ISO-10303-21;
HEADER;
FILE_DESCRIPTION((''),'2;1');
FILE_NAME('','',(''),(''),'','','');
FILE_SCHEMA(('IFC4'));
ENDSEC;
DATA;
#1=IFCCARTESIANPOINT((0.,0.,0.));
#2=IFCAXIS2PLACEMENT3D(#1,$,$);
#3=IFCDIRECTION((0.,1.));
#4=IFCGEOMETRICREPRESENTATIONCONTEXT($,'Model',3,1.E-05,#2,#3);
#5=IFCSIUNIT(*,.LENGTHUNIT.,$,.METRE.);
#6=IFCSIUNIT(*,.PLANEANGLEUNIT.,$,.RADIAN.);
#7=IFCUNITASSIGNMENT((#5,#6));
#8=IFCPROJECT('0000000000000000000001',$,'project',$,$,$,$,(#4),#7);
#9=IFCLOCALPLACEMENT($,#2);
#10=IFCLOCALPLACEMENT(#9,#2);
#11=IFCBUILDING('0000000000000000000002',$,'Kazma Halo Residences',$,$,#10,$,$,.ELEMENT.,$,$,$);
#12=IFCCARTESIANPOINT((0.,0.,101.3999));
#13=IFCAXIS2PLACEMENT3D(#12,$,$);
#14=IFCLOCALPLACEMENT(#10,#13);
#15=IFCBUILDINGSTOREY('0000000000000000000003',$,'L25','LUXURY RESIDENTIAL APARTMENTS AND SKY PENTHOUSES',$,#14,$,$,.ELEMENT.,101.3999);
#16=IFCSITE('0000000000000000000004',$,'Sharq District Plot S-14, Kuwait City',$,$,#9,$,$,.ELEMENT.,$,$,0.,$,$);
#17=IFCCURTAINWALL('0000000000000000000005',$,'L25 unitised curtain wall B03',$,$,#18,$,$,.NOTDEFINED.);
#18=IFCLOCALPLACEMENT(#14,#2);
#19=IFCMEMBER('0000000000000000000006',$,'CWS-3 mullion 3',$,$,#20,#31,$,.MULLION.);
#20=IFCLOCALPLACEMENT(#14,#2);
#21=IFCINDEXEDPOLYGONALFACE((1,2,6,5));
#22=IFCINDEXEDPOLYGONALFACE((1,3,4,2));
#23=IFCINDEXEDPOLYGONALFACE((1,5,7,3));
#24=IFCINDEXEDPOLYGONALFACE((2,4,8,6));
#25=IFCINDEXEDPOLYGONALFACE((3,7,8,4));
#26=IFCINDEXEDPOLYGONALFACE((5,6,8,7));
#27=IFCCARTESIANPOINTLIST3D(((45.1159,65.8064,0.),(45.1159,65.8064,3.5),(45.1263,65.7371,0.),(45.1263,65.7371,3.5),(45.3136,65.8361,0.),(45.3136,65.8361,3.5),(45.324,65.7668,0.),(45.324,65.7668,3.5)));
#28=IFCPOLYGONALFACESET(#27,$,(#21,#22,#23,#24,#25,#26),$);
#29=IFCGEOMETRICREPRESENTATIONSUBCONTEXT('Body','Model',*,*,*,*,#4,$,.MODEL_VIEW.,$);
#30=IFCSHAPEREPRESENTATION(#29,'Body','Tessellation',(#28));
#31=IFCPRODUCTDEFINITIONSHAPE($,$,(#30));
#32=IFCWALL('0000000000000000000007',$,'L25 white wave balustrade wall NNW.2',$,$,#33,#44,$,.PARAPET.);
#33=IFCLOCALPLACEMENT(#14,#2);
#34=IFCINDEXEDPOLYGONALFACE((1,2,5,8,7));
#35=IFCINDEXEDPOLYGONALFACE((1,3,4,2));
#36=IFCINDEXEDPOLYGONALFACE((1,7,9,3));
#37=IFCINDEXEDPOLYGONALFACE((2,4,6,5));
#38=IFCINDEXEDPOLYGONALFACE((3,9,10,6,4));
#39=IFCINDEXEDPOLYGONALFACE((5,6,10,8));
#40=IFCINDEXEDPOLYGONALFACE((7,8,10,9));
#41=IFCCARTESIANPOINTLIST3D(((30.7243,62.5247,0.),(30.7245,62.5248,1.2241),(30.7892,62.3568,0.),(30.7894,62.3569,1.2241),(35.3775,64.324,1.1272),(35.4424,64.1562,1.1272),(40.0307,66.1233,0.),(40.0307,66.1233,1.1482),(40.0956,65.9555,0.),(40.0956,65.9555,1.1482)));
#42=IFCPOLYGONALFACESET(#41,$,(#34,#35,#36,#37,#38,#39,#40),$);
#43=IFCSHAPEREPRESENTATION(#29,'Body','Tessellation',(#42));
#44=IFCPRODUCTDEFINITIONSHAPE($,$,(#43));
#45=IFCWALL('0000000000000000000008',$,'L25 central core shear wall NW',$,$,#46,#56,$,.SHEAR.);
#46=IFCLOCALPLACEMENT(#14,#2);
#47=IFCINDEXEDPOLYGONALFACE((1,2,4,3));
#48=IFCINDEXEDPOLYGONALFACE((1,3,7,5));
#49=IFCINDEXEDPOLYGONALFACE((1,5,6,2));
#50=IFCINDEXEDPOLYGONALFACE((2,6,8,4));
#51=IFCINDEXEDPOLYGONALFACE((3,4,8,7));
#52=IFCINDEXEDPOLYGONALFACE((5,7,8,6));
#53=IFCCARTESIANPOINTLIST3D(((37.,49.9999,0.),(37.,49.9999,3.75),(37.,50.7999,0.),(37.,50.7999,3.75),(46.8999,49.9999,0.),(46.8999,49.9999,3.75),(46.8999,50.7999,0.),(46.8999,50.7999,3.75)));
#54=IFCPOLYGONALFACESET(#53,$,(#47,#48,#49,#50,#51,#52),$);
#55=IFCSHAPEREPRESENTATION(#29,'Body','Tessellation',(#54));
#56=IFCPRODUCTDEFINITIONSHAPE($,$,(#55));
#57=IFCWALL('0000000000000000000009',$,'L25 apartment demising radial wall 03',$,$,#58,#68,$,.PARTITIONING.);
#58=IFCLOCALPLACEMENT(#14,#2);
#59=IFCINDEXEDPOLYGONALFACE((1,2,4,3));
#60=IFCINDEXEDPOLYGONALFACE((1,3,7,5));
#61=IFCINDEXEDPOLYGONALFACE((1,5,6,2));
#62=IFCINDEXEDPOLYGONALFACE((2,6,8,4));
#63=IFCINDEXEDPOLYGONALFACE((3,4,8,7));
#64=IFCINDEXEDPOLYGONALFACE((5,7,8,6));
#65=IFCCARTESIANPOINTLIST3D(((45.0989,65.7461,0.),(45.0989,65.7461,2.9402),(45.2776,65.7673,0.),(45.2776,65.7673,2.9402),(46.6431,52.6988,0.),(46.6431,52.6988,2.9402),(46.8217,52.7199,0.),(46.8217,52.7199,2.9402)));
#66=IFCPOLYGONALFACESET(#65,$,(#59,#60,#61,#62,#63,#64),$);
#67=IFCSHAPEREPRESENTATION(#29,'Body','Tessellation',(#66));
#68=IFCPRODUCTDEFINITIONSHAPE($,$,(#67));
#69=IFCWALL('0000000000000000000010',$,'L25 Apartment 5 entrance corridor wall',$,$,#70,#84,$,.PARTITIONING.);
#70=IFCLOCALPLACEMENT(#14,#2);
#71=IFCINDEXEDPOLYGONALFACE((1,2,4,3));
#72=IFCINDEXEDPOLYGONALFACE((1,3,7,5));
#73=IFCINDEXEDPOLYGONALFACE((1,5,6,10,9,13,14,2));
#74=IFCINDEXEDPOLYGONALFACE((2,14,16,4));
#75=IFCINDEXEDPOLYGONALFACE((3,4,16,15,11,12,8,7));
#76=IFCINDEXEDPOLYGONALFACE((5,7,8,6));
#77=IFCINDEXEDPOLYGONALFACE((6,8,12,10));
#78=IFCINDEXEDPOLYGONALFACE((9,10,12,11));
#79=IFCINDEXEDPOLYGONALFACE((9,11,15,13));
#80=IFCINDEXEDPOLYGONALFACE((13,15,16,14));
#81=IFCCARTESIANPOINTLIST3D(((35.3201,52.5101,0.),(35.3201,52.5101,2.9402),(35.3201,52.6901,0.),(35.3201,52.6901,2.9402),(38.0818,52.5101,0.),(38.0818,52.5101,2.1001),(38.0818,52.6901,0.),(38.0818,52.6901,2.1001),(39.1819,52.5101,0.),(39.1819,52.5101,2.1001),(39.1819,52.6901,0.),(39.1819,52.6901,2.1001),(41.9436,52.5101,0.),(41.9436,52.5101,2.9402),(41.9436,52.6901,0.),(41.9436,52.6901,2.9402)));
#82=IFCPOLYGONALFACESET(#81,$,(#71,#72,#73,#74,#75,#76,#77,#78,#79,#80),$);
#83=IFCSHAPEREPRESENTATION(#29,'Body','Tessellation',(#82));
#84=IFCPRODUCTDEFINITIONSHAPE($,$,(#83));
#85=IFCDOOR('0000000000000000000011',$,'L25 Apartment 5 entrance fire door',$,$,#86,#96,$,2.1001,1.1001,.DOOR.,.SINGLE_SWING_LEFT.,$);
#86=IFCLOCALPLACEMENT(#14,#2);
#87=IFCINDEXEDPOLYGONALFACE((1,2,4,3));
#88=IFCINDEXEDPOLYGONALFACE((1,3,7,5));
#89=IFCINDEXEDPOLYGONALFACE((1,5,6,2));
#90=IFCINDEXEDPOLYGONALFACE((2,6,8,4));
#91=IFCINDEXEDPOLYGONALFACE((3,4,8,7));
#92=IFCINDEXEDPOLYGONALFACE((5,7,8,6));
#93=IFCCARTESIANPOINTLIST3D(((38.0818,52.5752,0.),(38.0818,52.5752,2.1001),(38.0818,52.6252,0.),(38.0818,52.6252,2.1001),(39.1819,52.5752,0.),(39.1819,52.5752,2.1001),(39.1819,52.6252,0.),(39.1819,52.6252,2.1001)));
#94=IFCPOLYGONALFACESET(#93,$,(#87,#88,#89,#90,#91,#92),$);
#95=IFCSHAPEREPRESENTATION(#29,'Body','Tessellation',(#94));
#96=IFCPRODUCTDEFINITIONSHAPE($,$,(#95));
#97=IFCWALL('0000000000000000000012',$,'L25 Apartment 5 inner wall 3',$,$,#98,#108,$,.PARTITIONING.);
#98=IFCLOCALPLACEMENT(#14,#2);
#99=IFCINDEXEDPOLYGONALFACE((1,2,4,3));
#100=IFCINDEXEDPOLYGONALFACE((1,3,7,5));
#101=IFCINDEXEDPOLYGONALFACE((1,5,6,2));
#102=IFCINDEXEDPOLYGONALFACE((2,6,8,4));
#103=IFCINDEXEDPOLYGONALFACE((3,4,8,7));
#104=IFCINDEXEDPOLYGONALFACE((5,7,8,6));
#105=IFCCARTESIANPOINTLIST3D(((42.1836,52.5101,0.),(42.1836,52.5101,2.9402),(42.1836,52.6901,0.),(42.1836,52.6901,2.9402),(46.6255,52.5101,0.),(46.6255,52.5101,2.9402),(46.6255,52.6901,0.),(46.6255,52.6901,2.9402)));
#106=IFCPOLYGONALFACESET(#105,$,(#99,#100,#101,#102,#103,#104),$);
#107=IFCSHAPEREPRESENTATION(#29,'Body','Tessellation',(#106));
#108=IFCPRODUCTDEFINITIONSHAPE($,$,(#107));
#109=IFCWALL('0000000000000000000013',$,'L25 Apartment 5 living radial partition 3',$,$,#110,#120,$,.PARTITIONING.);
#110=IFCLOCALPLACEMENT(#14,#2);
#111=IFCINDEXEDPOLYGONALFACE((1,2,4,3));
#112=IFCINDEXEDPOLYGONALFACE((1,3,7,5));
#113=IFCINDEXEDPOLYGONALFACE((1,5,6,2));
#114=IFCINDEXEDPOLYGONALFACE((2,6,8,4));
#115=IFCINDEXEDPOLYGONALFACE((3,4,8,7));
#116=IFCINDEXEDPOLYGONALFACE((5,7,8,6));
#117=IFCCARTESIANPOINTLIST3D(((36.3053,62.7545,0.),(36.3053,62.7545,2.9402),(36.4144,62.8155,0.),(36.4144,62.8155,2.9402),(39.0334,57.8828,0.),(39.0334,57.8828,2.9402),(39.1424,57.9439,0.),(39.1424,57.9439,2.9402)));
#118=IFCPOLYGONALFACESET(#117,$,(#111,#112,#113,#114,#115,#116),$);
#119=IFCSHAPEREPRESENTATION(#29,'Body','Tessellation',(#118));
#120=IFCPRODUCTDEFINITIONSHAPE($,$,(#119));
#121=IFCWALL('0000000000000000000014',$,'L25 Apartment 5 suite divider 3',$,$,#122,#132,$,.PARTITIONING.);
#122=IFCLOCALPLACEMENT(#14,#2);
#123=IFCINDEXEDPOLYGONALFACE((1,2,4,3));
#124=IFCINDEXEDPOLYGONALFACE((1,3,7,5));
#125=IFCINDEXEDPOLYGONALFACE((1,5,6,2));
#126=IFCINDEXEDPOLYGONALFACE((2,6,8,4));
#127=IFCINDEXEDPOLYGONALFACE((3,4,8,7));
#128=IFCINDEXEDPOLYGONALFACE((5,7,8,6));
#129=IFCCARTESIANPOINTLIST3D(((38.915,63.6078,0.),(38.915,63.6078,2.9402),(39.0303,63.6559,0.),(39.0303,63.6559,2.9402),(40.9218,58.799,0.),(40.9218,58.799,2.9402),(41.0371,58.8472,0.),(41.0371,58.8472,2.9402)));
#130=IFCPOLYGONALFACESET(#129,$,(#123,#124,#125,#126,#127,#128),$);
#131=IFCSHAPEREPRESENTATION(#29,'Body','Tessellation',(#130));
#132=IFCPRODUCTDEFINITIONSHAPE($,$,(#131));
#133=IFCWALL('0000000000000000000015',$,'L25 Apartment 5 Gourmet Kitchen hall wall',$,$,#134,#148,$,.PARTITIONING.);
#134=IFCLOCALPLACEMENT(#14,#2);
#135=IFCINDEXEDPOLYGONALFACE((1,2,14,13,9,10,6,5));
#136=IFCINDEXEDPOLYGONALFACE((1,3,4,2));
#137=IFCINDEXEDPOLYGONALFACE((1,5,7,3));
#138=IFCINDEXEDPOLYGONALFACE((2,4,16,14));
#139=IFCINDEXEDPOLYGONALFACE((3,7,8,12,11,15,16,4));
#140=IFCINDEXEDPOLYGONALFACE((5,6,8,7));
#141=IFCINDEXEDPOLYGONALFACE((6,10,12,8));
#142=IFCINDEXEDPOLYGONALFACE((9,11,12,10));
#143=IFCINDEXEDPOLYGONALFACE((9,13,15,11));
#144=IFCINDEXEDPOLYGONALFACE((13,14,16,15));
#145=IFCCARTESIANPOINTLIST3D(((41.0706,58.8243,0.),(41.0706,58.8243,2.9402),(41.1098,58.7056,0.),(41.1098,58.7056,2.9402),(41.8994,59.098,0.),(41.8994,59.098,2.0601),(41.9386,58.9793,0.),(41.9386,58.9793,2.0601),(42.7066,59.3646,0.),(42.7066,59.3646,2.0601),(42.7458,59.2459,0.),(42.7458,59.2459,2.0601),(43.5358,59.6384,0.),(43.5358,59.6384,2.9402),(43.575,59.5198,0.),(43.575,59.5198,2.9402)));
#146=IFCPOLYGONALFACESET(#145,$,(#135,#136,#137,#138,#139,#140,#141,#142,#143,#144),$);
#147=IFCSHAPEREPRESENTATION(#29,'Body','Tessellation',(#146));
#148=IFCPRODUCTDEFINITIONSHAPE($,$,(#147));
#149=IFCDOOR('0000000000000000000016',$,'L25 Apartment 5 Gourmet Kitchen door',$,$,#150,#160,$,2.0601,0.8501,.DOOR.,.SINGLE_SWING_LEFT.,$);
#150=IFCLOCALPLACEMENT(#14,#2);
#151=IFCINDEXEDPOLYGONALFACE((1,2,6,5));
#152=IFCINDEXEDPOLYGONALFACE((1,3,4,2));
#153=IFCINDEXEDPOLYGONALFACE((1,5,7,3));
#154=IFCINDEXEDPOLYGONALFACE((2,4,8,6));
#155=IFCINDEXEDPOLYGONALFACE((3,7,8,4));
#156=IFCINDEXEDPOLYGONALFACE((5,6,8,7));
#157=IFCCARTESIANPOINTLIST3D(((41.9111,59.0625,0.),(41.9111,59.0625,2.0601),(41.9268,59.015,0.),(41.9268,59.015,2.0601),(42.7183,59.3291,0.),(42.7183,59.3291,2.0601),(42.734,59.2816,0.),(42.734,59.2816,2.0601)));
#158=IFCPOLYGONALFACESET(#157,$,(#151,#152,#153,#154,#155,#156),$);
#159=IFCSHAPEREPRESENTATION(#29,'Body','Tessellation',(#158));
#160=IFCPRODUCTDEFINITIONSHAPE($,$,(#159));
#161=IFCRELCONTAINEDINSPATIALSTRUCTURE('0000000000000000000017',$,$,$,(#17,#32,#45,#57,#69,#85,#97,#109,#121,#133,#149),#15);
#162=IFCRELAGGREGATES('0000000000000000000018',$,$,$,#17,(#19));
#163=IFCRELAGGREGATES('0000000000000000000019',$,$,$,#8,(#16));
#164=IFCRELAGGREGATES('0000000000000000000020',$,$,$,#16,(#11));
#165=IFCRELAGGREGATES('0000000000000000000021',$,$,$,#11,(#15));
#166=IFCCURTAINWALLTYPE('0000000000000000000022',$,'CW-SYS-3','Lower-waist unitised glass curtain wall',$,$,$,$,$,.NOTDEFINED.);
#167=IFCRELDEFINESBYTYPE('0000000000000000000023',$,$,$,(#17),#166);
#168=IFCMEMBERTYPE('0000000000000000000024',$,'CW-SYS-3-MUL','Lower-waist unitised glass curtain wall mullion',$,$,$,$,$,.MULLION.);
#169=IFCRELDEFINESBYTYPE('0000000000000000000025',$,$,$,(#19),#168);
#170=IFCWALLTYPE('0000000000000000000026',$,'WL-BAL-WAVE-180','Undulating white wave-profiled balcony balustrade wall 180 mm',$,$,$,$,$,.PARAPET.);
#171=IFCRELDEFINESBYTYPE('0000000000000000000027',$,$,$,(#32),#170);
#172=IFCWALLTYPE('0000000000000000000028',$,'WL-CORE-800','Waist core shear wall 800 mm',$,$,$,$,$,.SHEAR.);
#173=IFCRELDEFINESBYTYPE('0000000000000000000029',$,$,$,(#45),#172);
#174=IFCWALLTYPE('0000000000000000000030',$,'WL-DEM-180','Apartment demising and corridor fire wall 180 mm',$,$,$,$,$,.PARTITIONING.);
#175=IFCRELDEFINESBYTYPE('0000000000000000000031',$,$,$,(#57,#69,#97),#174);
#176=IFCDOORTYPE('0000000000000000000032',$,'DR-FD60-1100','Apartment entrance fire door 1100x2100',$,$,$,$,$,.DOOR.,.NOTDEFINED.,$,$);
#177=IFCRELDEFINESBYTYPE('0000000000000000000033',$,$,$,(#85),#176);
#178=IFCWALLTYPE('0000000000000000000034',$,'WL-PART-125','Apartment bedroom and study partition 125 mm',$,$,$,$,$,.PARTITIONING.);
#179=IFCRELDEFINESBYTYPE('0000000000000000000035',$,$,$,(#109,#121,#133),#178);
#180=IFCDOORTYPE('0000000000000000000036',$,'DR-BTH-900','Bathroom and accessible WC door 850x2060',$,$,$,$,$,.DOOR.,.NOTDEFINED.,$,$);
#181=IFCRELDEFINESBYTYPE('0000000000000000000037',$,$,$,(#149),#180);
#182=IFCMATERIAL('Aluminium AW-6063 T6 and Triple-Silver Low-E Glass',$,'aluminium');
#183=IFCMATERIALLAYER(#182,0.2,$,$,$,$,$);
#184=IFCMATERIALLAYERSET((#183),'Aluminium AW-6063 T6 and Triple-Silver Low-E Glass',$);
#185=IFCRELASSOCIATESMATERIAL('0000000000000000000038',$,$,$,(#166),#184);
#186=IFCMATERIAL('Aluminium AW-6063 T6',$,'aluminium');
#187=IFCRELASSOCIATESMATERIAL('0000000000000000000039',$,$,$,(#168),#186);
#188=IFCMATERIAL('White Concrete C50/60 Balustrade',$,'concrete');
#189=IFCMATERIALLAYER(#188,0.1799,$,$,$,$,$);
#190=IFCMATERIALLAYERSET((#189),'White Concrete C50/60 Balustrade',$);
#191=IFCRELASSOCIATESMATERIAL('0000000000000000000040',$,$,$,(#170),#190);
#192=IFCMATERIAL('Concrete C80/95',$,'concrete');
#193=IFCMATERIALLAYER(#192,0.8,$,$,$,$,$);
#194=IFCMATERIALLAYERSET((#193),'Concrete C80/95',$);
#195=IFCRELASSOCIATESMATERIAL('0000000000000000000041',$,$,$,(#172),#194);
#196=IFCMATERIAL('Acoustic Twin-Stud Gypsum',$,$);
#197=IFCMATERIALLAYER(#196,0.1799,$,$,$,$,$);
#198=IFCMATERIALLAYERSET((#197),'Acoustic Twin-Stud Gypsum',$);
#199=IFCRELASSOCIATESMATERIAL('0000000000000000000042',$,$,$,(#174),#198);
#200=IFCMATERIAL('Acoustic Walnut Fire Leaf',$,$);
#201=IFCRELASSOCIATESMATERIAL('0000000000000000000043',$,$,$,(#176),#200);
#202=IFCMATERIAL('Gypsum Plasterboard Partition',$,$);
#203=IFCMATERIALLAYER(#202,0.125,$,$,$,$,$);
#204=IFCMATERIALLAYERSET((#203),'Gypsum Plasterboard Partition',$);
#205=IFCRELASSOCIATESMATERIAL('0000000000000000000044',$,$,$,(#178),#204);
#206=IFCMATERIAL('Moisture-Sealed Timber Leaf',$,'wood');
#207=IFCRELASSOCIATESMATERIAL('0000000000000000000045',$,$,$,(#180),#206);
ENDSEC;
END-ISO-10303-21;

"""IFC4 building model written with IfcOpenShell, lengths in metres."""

from ifc_helpers import new_model, si_unit, direction, frame, frame_2d, origin, origin_2d, place, context, subcontext, project, spatial, polyline, rectangle, outline, extrude, material, layer, layer_set, material_profile, profile_set, type_object, element, fill, aggregate, save


model = new_model("IFC4")

# Units and contexts
model_context = context("Model", 3, precision=1e-05, world=origin(), true_north=direction((0.0, 1.0)))
body_context = subcontext(model_context, "Body", "Model", "MODEL_VIEW")
ifc_project = project(units=[si_unit("LENGTHUNIT", "METRE"), si_unit("PLANEANGLEUNIT", "RADIAN")], contexts=[model_context])

# Site, building, storey
site_placement = place(None, origin())
site = spatial("IfcSite", under=ifc_project, at=site_placement, Name="Sharq District Plot S-14, Kuwait City", CompositionType="ELEMENT", RefElevation=0.0)
building_placement = place(site_placement, origin())
building = spatial("IfcBuilding", under=site, at=building_placement, Name="Kazma Halo Residences", CompositionType="ELEMENT")
storey_placement = place(building_placement, frame((0.0, 0.0, 101.3999)))
storey = spatial("IfcBuildingStorey", under=building, at=storey_placement, Name="L25", Description="LUXURY RESIDENTIAL APARTMENTS AND SKY PENTHOUSES", CompositionType="ELEMENT", Elevation=101.3999)

# Shared definitions
ifc_material_1 = material(Name="Concrete C80/95", Category="concrete")

# Curtain wall, member
ifc_material_2 = material(Name="Aluminium AW-6063 T6 and Triple-Silver Low-E Glass", Category="aluminium")
ifc_layer_1 = layer(ifc_material_2, 0.2)
ifc_layer_set_1 = layer_set([ifc_layer_1], Name="Aluminium AW-6063 T6 and Triple-Silver Low-E Glass")
curtain_wall_type = type_object("IfcCurtainWallType", Name="CW-SYS-3", Description="Lower-waist unitised glass curtain wall", PredefinedType="NOTDEFINED", material=ifc_layer_set_1)
curtain_wall_placement = place(storey_placement, origin())
curtain_wall = element("IfcCurtainWall", 1, at=curtain_wall_placement, inside=storey, type_object=curtain_wall_type, Name="L25 unitised curtain wall B03", PredefinedType="NOTDEFINED")
ifc_material_3 = material(Name="Aluminium AW-6063 T6", Category="aluminium")
ifc_material_profile_1 = material_profile(ifc_material_3, rectangle(XDim=0.0701, YDim=0.2, at=origin_2d()), Name="CWM-70x200")
ifc_profile_set_1 = profile_set([ifc_material_profile_1], Name="Aluminium AW-6063 T6")
member_type = type_object("IfcMemberType", Name="CW-SYS-3-MUL", Description="Lower-waist unitised glass curtain wall mullion", PredefinedType="MULLION", material=ifc_profile_set_1)
member_placement = place(storey_placement, frame((45.22, 65.7866, 0.0), z_axis=(0.0, 0.0, 1.0), x_axis=(0.148717, -0.98888, 0.0)))
member = element("IfcMember", 2, at=member_placement, type_object=member_type, Name="CWS-3 mullion 3", PredefinedType="MULLION", context=body_context, shape_type="SweptSolid", body=[
    extrude(rectangle(XDim=0.0701, YDim=0.2, at=origin_2d()), origin(), (0.0, 0.0, 1.0), 3.5),
])
aggregate(curtain_wall, [member])

# Walls
ifc_material_4 = material(Name="White Concrete C50/60 Balustrade", Category="concrete")
ifc_layer_2 = layer(ifc_material_4, 0.1799)
ifc_layer_set_2 = layer_set([ifc_layer_2], Name="White Concrete C50/60 Balustrade")
wall_type_1 = type_object("IfcWallType", Name="WL-BAL-WAVE-180", Description="Undulating white wave-profiled balcony balustrade wall 180 mm", PredefinedType="PARAPET", material=ifc_layer_set_2)
wall_1_placement = place(storey_placement, frame((40.0632, 66.0393, 0.0), z_axis=(0.0, 0.0, 1.0), x_axis=(-0.932698, -0.360659, 0.0)))
element("IfcWall", 3, at=wall_1_placement, inside=storey, type_object=wall_type_1, Name="L25 white wave balustrade wall NNW.2", PredefinedType="PARAPET", context=body_context, shape_type="SweptSolid", body=[
    extrude(outline(polyline([(0.0, 0.0), (9.978, 0.0), (9.9778, 1.2241), (4.989, 1.1272), (0.0, 1.1482), (0.0, 0.0)])), frame((0.0, 0.0898, 0.0), z_axis=(0.0, -1.0, 0.0), x_axis=(1.0, 0.0, 0.0)), (0.0, 0.0, 1.0), 0.1799),
])
ifc_layer_3 = layer(ifc_material_1, 0.8)
ifc_layer_set_3 = layer_set([ifc_layer_3], Name="Concrete C80/95")
wall_type_2 = type_object("IfcWallType", Name="WL-CORE-800", Description="Waist core shear wall 800 mm", PredefinedType="SHEAR", material=ifc_layer_set_3)
wall_2_placement = place(storey_placement, frame((37.0, 50.3999, 0.0), z_axis=(0.0, 0.0, 1.0), x_axis=(1.0, 0.0, 0.0)))
element("IfcWall", 4, at=wall_2_placement, inside=storey, type_object=wall_type_2, Name="L25 central core shear wall NW", PredefinedType="SHEAR", context=body_context, shape_type="SweptSolid", body=[
    extrude(rectangle(XDim=9.8999, YDim=0.8, at=frame_2d((4.95, 0.0))), origin(), (0.0, 0.0, 1.0), 3.75),
])
ifc_material_5 = material(Name="Acoustic Twin-Stud Gypsum")
ifc_layer_4 = layer(ifc_material_5, 0.1799)
ifc_layer_set_4 = layer_set([ifc_layer_4], Name="Acoustic Twin-Stud Gypsum")
wall_type_3 = type_object("IfcWallType", Name="WL-DEM-180", Description="Apartment demising and corridor fire wall 180 mm", PredefinedType="PARTITIONING", material=ifc_layer_set_4)
wall_3_placement = place(storey_placement, frame((46.7324, 52.7092, 0.0), z_axis=(0.0, 0.0, 1.0), x_axis=(-0.117532, 0.993069, 0.0)))
element("IfcWall", 5, at=wall_3_placement, inside=storey, type_object=wall_type_3, Name="L25 apartment demising radial wall 03", PredefinedType="PARTITIONING", context=body_context, shape_type="SweptSolid", body=[
    extrude(rectangle(XDim=13.1384, YDim=0.1799, at=frame_2d((6.5693, 0.0))), origin(), (0.0, 0.0, 1.0), 2.9402),
])

# Wall, opening, door
wall_4_placement = place(storey_placement, frame((41.9436, 52.6001, 0.0), z_axis=(0.0, 0.0, 1.0), x_axis=(-1.0, 0.0, 0.0)))
wall_4 = element("IfcWall", 6, at=wall_4_placement, inside=storey, type_object=wall_type_3, Name="L25 Apartment 5 entrance corridor wall", PredefinedType="PARTITIONING", context=body_context, shape_type="SweptSolid", body=[
    extrude(rectangle(XDim=6.6235, YDim=0.1799, at=frame_2d((3.3118, 0.0))), origin(), (0.0, 0.0, 1.0), 2.9402),
])
opening_1_placement = place(wall_4_placement, frame((2.7617, 0.0, 0.0)))
opening_1 = element("IfcOpeningElement", 7, at=opening_1_placement, cuts=wall_4, PredefinedType="OPENING", context=body_context, shape_type="SweptSolid", body=[
    extrude(rectangle(XDim=1.1001, YDim=2.1001, at=frame_2d((0.55, 1.05))), frame((0.0, 0.0999, 0.0), z_axis=(0.0, -1.0, 0.0), x_axis=(1.0, 0.0, 0.0)), (0.0, 0.0, 1.0), 0.2),
])
ifc_material_6 = material(Name="Acoustic Walnut Fire Leaf")
door_type_1 = type_object("IfcDoorType", Name="DR-FD60-1100", Description="Apartment entrance fire door 1100x2100", OperationType="NOTDEFINED", PredefinedType="DOOR", material=ifc_material_6)
door_1_placement = place(opening_1_placement, origin())
door_1 = element("IfcDoor", 8, at=door_1_placement, inside=storey, type_object=door_type_1, Name="L25 Apartment 5 entrance fire door", OperationType="SINGLE_SWING_LEFT", OverallHeight=2.1001, OverallWidth=1.1001, PredefinedType="DOOR", context=body_context, shape_type="SweptSolid", body=[
    extrude(rectangle(XDim=1.1001, YDim=2.1001, at=frame_2d((0.55, 1.05))), frame((0.0, 0.0249, 0.0), z_axis=(0.0, -1.0, 0.0), x_axis=(1.0, 0.0, 0.0)), (0.0, 0.0, 1.0), 0.05),
])
fill(opening_1, door_1)

# Wall
wall_5_placement = place(storey_placement, frame((46.6255, 52.6001, 0.0), z_axis=(0.0, 0.0, 1.0), x_axis=(-1.0, 0.0, 0.0)))
element("IfcWall", 9, at=wall_5_placement, inside=storey, type_object=wall_type_3, Name="L25 Apartment 5 inner wall 3", PredefinedType="PARTITIONING", context=body_context, shape_type="SweptSolid", body=[
    extrude(rectangle(XDim=4.4419, YDim=0.1799, at=frame_2d((2.2209, 0.0))), origin(), (0.0, 0.0, 1.0), 2.9402),
])

# Walls
ifc_material_7 = material(Name="Gypsum Plasterboard Partition")
ifc_layer_5 = layer(ifc_material_7, 0.125)
ifc_layer_set_5 = layer_set([ifc_layer_5], Name="Gypsum Plasterboard Partition")
wall_type_4 = type_object("IfcWallType", Name="WL-PART-125", Description="Apartment bedroom and study partition 125 mm", PredefinedType="PARTITIONING", material=ifc_layer_set_5)
wall_6_placement = place(storey_placement, frame((39.0879, 57.9133, 0.0), z_axis=(0.0, 0.0, 1.0), x_axis=(-0.488595, 0.87251, 0.0)))
element("IfcWall", 10, at=wall_6_placement, inside=storey, type_object=wall_type_4, Name="L25 Apartment 5 living radial partition 3", PredefinedType="PARTITIONING", context=body_context, shape_type="SweptSolid", body=[
    extrude(rectangle(XDim=5.5835, YDim=0.125, at=frame_2d((2.7917, 0.0))), origin(), (0.0, 0.0, 1.0), 2.9402),
])
wall_7_placement = place(storey_placement, frame((40.9795, 58.823, 0.0), z_axis=(0.0, 0.0, 1.0), x_axis=(-0.385131, 0.922862, 0.0)))
element("IfcWall", 11, at=wall_7_placement, inside=storey, type_object=wall_type_4, Name="L25 Apartment 5 suite divider 3", PredefinedType="PARTITIONING", context=body_context, shape_type="SweptSolid", body=[
    extrude(rectangle(XDim=5.2107, YDim=0.125, at=frame_2d((2.6055, 0.0))), origin(), (0.0, 0.0, 1.0), 2.9402),
])

# Wall, opening, door
wall_8_placement = place(storey_placement, frame((43.5554, 59.5791, 0.0), z_axis=(0.0, 0.0, 1.0), x_axis=(-0.949554, -0.313603, 0.0)))
wall_8 = element("IfcWall", 12, at=wall_8_placement, inside=storey, type_object=wall_type_4, Name="L25 Apartment 5 Gourmet Kitchen hall wall", PredefinedType="PARTITIONING", context=body_context, shape_type="SweptSolid", body=[
    extrude(rectangle(XDim=2.5962, YDim=0.125, at=frame_2d((1.2981, 0.0))), origin(), (0.0, 0.0, 1.0), 2.9402),
])
opening_2_placement = place(wall_8_placement, frame((0.8733, 0.0, 0.0)))
opening_2 = element("IfcOpeningElement", 13, at=opening_2_placement, cuts=wall_8, PredefinedType="OPENING", context=body_context, shape_type="SweptSolid", body=[
    extrude(rectangle(XDim=0.8501, YDim=2.0601, at=frame_2d((0.425, 1.03))), frame((0.0, 0.0725, 0.0), z_axis=(0.0, -1.0, 0.0), x_axis=(1.0, 0.0, 0.0)), (0.0, 0.0, 1.0), 0.145),
])
ifc_material_8 = material(Name="Moisture-Sealed Timber Leaf", Category="wood")
door_type_2 = type_object("IfcDoorType", Name="DR-BTH-900", Description="Bathroom and accessible WC door 850x2060", OperationType="NOTDEFINED", PredefinedType="DOOR", material=ifc_material_8)
door_2_placement = place(opening_2_placement, origin())
door_2 = element("IfcDoor", 14, at=door_2_placement, inside=storey, type_object=door_type_2, Name="L25 Apartment 5 Gourmet Kitchen door", OperationType="SINGLE_SWING_LEFT", OverallHeight=2.0601, OverallWidth=0.8501, PredefinedType="DOOR", context=body_context, shape_type="SweptSolid", body=[
    extrude(rectangle(XDim=0.8501, YDim=2.0601, at=frame_2d((0.425, 1.03))), frame((0.0, 0.0249, 0.0), z_axis=(0.0, -1.0, 0.0), x_axis=(1.0, 0.0, 0.0)), (0.0, 0.0, 1.0), 0.05),
])
fill(opening_2, door_2)

save(model, "model.ifc")
